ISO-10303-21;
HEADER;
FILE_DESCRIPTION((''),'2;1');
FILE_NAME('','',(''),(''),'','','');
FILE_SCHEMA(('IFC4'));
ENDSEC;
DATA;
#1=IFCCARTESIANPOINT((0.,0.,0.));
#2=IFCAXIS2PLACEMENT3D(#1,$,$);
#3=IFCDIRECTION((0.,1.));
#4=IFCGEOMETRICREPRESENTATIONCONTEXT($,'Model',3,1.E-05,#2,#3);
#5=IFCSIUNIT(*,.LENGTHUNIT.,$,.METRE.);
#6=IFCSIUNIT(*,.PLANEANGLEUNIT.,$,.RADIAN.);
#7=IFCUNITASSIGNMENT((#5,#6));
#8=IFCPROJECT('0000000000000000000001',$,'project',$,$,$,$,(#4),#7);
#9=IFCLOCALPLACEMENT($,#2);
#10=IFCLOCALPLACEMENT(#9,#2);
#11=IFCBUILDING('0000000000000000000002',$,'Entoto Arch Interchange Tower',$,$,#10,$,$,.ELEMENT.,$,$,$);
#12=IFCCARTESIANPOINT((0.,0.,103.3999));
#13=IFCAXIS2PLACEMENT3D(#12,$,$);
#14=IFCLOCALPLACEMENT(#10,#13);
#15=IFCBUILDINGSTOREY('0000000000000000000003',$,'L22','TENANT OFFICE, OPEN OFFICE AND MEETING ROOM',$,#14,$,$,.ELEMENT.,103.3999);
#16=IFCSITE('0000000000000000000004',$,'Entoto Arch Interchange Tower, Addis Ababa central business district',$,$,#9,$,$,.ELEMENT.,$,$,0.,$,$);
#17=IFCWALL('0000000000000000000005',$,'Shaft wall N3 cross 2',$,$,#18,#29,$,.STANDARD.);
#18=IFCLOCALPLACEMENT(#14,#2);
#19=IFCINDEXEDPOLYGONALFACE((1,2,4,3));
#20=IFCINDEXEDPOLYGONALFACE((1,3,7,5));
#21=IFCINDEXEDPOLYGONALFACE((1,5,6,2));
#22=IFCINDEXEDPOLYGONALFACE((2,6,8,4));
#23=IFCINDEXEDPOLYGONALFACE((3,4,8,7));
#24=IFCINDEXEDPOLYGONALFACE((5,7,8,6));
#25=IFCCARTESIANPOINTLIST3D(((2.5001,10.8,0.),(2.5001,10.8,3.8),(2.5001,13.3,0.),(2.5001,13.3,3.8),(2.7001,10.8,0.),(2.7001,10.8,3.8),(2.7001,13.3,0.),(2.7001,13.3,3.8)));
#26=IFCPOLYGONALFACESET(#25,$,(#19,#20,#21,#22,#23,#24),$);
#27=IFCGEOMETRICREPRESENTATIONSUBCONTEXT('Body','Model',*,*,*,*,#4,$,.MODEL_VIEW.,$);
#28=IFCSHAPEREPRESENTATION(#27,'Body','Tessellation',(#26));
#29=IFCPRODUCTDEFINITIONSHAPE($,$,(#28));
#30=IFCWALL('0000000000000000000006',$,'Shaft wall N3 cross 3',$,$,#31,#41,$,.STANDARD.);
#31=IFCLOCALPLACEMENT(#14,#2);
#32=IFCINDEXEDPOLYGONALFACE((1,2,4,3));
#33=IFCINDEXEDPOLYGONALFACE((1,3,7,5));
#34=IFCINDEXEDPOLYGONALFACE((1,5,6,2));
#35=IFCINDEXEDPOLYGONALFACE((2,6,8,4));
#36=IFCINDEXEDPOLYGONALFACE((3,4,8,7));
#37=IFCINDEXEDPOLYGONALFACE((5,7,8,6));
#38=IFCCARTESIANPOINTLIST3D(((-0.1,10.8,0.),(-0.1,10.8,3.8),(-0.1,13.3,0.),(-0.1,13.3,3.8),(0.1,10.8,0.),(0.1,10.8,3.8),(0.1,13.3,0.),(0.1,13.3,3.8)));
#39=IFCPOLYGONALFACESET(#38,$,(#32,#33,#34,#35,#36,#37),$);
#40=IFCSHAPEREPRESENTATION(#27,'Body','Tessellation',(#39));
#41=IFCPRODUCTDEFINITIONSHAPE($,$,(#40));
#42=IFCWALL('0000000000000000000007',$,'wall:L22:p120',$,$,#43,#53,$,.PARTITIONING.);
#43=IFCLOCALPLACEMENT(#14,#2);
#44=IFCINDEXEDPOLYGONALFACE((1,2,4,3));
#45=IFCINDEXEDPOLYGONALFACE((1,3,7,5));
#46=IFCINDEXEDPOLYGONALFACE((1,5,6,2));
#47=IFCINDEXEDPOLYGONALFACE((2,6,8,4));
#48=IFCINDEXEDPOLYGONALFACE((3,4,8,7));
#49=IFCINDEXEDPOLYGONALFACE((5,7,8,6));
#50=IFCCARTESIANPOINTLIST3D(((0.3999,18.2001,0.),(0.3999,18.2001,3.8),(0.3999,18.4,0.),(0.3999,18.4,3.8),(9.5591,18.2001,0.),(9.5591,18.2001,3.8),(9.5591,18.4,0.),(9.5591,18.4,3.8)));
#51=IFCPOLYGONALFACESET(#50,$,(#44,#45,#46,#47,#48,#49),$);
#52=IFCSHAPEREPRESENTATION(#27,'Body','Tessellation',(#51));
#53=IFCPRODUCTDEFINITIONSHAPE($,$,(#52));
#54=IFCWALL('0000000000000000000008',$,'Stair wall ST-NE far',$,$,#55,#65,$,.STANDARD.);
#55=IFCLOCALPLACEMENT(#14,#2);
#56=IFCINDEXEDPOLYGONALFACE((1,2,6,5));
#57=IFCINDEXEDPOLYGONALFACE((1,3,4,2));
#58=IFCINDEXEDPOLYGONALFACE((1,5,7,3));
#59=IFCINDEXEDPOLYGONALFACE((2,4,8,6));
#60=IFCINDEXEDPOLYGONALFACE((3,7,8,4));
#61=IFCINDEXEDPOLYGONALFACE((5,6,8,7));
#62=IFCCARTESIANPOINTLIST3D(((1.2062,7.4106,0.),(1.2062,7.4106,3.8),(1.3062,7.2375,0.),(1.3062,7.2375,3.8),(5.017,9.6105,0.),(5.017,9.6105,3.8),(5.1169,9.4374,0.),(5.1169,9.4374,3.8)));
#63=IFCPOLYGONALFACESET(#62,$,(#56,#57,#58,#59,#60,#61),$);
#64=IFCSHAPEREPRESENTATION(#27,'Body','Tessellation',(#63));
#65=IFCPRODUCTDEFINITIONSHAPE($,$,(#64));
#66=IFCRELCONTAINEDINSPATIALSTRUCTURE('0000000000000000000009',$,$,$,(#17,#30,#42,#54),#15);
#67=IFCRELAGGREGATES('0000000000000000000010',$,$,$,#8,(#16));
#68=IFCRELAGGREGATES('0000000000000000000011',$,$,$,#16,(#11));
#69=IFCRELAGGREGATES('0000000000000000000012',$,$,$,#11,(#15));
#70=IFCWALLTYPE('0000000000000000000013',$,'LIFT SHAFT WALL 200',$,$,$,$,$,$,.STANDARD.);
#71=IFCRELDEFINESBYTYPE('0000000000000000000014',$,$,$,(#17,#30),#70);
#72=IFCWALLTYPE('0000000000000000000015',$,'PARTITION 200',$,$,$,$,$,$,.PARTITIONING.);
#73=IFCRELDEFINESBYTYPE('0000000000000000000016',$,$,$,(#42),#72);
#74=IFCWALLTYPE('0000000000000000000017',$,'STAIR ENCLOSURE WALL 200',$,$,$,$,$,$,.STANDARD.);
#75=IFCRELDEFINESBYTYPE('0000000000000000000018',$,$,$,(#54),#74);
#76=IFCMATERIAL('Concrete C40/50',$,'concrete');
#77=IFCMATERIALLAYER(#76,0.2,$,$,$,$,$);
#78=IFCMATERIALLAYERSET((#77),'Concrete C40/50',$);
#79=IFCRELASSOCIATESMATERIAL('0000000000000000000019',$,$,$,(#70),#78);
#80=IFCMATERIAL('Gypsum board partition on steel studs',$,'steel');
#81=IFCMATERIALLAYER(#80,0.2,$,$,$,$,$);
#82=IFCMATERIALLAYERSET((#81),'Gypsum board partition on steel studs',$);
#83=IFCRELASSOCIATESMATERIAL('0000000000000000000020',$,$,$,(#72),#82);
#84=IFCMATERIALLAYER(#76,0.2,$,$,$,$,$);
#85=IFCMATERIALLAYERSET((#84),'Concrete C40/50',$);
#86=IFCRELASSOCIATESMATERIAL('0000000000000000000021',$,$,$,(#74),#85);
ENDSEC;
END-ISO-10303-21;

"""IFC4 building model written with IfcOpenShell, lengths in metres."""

from ifc_helpers import new_model, si_unit, direction, frame, frame_2d, origin, place, context, subcontext, project, spatial, rectangle, extrude, material, layer, layer_set, type_object, element, save


model = new_model("IFC4")

# Units and contexts
model_context = context("Model", 3, precision=1e-05, world=origin(), true_north=direction((0.0, 1.0)))
body_context = subcontext(model_context, "Body", "Model", "MODEL_VIEW")
ifc_project = project(units=[si_unit("LENGTHUNIT", "METRE"), si_unit("PLANEANGLEUNIT", "RADIAN")], contexts=[model_context])

# Site, building, storey
site_placement = place(None, origin())
site = spatial("IfcSite", under=ifc_project, at=site_placement, Name="Entoto Arch Interchange Tower, Addis Ababa central business district", CompositionType="ELEMENT", RefElevation=0.0)
building_placement = place(site_placement, origin())
building = spatial("IfcBuilding", under=site, at=building_placement, Name="Entoto Arch Interchange Tower", CompositionType="ELEMENT")
storey_placement = place(building_placement, frame((0.0, 0.0, 103.3999)))
storey = spatial("IfcBuildingStorey", under=building, at=storey_placement, Name="L22", Description="TENANT OFFICE, OPEN OFFICE AND MEETING ROOM", CompositionType="ELEMENT", Elevation=103.3999)

# Shared definitions
ifc_material_1 = material(Name="Concrete C40/50", Category="concrete")

# Walls
ifc_layer_1 = layer(ifc_material_1, 0.2)
ifc_layer_set_1 = layer_set([ifc_layer_1], Name="Concrete C40/50")
wall_type_1 = type_object("IfcWallType", Name="LIFT SHAFT WALL 200", PredefinedType="STANDARD", material=ifc_layer_set_1)
for number, where, z_axis, x_axis, name in (
    (1, (2.6001, 10.8, 0.0), (0.0, 0.0, 1.0), (0.0, 1.0, 0.0), "Shaft wall N3 cross 2"),
    (2, (0.0, 10.8, 0.0), (0.0, 0.0, 1.0), (0.0, 1.0, 0.0), "Shaft wall N3 cross 3"),
):
    element("IfcWall", number, at=place(storey_placement, frame(where, z_axis=z_axis, x_axis=x_axis)), inside=storey, type_object=wall_type_1, Name=name, PredefinedType="STANDARD", context=body_context, shape_type="SweptSolid", body=[
        extrude(rectangle(XDim=2.5, YDim=0.2, at=frame_2d((1.25, 0.0))), origin(), (0.0, 0.0, 1.0), 3.8),
    ])
ifc_material_2 = material(Name="Gypsum board partition on steel studs", Category="steel")
ifc_layer_2 = layer(ifc_material_2, 0.2)
ifc_layer_set_2 = layer_set([ifc_layer_2], Name="Gypsum board partition on steel studs")
wall_type_2 = type_object("IfcWallType", Name="PARTITION 200", PredefinedType="PARTITIONING", material=ifc_layer_set_2)
wall_1_placement = place(storey_placement, frame((0.3999, 18.3, 0.0), z_axis=(0.0, 0.0, 1.0), x_axis=(1.0, 0.0, 0.0)))
element("IfcWall", 3, at=wall_1_placement, inside=storey, type_object=wall_type_2, Name="wall:L22:p120", PredefinedType="PARTITIONING", context=body_context, shape_type="SweptSolid", body=[
    extrude(rectangle(XDim=9.1592, YDim=0.2, at=frame_2d((4.5796, 0.0))), origin(), (0.0, 0.0, 1.0), 3.8),
])
ifc_layer_3 = layer(ifc_material_1, 0.2)
ifc_layer_set_3 = layer_set([ifc_layer_3], Name="Concrete C40/50")
wall_type_3 = type_object("IfcWallType", Name="STAIR ENCLOSURE WALL 200", PredefinedType="STANDARD", material=ifc_layer_set_3)
wall_2_placement = place(storey_placement, frame((1.2561, 7.324, 0.0), z_axis=(0.0, 0.0, 1.0), x_axis=(0.866046, 0.499964, 0.0)))
element("IfcWall", 4, at=wall_2_placement, inside=storey, type_object=wall_type_3, Name="Stair wall ST-NE far", PredefinedType="STANDARD", context=body_context, shape_type="SweptSolid", body=[
    extrude(rectangle(XDim=4.4001, YDim=0.2, at=frame_2d((2.2002, 0.0))), origin(), (0.0, 0.0, 1.0), 3.8),
])

save(model, "model.ifc")
